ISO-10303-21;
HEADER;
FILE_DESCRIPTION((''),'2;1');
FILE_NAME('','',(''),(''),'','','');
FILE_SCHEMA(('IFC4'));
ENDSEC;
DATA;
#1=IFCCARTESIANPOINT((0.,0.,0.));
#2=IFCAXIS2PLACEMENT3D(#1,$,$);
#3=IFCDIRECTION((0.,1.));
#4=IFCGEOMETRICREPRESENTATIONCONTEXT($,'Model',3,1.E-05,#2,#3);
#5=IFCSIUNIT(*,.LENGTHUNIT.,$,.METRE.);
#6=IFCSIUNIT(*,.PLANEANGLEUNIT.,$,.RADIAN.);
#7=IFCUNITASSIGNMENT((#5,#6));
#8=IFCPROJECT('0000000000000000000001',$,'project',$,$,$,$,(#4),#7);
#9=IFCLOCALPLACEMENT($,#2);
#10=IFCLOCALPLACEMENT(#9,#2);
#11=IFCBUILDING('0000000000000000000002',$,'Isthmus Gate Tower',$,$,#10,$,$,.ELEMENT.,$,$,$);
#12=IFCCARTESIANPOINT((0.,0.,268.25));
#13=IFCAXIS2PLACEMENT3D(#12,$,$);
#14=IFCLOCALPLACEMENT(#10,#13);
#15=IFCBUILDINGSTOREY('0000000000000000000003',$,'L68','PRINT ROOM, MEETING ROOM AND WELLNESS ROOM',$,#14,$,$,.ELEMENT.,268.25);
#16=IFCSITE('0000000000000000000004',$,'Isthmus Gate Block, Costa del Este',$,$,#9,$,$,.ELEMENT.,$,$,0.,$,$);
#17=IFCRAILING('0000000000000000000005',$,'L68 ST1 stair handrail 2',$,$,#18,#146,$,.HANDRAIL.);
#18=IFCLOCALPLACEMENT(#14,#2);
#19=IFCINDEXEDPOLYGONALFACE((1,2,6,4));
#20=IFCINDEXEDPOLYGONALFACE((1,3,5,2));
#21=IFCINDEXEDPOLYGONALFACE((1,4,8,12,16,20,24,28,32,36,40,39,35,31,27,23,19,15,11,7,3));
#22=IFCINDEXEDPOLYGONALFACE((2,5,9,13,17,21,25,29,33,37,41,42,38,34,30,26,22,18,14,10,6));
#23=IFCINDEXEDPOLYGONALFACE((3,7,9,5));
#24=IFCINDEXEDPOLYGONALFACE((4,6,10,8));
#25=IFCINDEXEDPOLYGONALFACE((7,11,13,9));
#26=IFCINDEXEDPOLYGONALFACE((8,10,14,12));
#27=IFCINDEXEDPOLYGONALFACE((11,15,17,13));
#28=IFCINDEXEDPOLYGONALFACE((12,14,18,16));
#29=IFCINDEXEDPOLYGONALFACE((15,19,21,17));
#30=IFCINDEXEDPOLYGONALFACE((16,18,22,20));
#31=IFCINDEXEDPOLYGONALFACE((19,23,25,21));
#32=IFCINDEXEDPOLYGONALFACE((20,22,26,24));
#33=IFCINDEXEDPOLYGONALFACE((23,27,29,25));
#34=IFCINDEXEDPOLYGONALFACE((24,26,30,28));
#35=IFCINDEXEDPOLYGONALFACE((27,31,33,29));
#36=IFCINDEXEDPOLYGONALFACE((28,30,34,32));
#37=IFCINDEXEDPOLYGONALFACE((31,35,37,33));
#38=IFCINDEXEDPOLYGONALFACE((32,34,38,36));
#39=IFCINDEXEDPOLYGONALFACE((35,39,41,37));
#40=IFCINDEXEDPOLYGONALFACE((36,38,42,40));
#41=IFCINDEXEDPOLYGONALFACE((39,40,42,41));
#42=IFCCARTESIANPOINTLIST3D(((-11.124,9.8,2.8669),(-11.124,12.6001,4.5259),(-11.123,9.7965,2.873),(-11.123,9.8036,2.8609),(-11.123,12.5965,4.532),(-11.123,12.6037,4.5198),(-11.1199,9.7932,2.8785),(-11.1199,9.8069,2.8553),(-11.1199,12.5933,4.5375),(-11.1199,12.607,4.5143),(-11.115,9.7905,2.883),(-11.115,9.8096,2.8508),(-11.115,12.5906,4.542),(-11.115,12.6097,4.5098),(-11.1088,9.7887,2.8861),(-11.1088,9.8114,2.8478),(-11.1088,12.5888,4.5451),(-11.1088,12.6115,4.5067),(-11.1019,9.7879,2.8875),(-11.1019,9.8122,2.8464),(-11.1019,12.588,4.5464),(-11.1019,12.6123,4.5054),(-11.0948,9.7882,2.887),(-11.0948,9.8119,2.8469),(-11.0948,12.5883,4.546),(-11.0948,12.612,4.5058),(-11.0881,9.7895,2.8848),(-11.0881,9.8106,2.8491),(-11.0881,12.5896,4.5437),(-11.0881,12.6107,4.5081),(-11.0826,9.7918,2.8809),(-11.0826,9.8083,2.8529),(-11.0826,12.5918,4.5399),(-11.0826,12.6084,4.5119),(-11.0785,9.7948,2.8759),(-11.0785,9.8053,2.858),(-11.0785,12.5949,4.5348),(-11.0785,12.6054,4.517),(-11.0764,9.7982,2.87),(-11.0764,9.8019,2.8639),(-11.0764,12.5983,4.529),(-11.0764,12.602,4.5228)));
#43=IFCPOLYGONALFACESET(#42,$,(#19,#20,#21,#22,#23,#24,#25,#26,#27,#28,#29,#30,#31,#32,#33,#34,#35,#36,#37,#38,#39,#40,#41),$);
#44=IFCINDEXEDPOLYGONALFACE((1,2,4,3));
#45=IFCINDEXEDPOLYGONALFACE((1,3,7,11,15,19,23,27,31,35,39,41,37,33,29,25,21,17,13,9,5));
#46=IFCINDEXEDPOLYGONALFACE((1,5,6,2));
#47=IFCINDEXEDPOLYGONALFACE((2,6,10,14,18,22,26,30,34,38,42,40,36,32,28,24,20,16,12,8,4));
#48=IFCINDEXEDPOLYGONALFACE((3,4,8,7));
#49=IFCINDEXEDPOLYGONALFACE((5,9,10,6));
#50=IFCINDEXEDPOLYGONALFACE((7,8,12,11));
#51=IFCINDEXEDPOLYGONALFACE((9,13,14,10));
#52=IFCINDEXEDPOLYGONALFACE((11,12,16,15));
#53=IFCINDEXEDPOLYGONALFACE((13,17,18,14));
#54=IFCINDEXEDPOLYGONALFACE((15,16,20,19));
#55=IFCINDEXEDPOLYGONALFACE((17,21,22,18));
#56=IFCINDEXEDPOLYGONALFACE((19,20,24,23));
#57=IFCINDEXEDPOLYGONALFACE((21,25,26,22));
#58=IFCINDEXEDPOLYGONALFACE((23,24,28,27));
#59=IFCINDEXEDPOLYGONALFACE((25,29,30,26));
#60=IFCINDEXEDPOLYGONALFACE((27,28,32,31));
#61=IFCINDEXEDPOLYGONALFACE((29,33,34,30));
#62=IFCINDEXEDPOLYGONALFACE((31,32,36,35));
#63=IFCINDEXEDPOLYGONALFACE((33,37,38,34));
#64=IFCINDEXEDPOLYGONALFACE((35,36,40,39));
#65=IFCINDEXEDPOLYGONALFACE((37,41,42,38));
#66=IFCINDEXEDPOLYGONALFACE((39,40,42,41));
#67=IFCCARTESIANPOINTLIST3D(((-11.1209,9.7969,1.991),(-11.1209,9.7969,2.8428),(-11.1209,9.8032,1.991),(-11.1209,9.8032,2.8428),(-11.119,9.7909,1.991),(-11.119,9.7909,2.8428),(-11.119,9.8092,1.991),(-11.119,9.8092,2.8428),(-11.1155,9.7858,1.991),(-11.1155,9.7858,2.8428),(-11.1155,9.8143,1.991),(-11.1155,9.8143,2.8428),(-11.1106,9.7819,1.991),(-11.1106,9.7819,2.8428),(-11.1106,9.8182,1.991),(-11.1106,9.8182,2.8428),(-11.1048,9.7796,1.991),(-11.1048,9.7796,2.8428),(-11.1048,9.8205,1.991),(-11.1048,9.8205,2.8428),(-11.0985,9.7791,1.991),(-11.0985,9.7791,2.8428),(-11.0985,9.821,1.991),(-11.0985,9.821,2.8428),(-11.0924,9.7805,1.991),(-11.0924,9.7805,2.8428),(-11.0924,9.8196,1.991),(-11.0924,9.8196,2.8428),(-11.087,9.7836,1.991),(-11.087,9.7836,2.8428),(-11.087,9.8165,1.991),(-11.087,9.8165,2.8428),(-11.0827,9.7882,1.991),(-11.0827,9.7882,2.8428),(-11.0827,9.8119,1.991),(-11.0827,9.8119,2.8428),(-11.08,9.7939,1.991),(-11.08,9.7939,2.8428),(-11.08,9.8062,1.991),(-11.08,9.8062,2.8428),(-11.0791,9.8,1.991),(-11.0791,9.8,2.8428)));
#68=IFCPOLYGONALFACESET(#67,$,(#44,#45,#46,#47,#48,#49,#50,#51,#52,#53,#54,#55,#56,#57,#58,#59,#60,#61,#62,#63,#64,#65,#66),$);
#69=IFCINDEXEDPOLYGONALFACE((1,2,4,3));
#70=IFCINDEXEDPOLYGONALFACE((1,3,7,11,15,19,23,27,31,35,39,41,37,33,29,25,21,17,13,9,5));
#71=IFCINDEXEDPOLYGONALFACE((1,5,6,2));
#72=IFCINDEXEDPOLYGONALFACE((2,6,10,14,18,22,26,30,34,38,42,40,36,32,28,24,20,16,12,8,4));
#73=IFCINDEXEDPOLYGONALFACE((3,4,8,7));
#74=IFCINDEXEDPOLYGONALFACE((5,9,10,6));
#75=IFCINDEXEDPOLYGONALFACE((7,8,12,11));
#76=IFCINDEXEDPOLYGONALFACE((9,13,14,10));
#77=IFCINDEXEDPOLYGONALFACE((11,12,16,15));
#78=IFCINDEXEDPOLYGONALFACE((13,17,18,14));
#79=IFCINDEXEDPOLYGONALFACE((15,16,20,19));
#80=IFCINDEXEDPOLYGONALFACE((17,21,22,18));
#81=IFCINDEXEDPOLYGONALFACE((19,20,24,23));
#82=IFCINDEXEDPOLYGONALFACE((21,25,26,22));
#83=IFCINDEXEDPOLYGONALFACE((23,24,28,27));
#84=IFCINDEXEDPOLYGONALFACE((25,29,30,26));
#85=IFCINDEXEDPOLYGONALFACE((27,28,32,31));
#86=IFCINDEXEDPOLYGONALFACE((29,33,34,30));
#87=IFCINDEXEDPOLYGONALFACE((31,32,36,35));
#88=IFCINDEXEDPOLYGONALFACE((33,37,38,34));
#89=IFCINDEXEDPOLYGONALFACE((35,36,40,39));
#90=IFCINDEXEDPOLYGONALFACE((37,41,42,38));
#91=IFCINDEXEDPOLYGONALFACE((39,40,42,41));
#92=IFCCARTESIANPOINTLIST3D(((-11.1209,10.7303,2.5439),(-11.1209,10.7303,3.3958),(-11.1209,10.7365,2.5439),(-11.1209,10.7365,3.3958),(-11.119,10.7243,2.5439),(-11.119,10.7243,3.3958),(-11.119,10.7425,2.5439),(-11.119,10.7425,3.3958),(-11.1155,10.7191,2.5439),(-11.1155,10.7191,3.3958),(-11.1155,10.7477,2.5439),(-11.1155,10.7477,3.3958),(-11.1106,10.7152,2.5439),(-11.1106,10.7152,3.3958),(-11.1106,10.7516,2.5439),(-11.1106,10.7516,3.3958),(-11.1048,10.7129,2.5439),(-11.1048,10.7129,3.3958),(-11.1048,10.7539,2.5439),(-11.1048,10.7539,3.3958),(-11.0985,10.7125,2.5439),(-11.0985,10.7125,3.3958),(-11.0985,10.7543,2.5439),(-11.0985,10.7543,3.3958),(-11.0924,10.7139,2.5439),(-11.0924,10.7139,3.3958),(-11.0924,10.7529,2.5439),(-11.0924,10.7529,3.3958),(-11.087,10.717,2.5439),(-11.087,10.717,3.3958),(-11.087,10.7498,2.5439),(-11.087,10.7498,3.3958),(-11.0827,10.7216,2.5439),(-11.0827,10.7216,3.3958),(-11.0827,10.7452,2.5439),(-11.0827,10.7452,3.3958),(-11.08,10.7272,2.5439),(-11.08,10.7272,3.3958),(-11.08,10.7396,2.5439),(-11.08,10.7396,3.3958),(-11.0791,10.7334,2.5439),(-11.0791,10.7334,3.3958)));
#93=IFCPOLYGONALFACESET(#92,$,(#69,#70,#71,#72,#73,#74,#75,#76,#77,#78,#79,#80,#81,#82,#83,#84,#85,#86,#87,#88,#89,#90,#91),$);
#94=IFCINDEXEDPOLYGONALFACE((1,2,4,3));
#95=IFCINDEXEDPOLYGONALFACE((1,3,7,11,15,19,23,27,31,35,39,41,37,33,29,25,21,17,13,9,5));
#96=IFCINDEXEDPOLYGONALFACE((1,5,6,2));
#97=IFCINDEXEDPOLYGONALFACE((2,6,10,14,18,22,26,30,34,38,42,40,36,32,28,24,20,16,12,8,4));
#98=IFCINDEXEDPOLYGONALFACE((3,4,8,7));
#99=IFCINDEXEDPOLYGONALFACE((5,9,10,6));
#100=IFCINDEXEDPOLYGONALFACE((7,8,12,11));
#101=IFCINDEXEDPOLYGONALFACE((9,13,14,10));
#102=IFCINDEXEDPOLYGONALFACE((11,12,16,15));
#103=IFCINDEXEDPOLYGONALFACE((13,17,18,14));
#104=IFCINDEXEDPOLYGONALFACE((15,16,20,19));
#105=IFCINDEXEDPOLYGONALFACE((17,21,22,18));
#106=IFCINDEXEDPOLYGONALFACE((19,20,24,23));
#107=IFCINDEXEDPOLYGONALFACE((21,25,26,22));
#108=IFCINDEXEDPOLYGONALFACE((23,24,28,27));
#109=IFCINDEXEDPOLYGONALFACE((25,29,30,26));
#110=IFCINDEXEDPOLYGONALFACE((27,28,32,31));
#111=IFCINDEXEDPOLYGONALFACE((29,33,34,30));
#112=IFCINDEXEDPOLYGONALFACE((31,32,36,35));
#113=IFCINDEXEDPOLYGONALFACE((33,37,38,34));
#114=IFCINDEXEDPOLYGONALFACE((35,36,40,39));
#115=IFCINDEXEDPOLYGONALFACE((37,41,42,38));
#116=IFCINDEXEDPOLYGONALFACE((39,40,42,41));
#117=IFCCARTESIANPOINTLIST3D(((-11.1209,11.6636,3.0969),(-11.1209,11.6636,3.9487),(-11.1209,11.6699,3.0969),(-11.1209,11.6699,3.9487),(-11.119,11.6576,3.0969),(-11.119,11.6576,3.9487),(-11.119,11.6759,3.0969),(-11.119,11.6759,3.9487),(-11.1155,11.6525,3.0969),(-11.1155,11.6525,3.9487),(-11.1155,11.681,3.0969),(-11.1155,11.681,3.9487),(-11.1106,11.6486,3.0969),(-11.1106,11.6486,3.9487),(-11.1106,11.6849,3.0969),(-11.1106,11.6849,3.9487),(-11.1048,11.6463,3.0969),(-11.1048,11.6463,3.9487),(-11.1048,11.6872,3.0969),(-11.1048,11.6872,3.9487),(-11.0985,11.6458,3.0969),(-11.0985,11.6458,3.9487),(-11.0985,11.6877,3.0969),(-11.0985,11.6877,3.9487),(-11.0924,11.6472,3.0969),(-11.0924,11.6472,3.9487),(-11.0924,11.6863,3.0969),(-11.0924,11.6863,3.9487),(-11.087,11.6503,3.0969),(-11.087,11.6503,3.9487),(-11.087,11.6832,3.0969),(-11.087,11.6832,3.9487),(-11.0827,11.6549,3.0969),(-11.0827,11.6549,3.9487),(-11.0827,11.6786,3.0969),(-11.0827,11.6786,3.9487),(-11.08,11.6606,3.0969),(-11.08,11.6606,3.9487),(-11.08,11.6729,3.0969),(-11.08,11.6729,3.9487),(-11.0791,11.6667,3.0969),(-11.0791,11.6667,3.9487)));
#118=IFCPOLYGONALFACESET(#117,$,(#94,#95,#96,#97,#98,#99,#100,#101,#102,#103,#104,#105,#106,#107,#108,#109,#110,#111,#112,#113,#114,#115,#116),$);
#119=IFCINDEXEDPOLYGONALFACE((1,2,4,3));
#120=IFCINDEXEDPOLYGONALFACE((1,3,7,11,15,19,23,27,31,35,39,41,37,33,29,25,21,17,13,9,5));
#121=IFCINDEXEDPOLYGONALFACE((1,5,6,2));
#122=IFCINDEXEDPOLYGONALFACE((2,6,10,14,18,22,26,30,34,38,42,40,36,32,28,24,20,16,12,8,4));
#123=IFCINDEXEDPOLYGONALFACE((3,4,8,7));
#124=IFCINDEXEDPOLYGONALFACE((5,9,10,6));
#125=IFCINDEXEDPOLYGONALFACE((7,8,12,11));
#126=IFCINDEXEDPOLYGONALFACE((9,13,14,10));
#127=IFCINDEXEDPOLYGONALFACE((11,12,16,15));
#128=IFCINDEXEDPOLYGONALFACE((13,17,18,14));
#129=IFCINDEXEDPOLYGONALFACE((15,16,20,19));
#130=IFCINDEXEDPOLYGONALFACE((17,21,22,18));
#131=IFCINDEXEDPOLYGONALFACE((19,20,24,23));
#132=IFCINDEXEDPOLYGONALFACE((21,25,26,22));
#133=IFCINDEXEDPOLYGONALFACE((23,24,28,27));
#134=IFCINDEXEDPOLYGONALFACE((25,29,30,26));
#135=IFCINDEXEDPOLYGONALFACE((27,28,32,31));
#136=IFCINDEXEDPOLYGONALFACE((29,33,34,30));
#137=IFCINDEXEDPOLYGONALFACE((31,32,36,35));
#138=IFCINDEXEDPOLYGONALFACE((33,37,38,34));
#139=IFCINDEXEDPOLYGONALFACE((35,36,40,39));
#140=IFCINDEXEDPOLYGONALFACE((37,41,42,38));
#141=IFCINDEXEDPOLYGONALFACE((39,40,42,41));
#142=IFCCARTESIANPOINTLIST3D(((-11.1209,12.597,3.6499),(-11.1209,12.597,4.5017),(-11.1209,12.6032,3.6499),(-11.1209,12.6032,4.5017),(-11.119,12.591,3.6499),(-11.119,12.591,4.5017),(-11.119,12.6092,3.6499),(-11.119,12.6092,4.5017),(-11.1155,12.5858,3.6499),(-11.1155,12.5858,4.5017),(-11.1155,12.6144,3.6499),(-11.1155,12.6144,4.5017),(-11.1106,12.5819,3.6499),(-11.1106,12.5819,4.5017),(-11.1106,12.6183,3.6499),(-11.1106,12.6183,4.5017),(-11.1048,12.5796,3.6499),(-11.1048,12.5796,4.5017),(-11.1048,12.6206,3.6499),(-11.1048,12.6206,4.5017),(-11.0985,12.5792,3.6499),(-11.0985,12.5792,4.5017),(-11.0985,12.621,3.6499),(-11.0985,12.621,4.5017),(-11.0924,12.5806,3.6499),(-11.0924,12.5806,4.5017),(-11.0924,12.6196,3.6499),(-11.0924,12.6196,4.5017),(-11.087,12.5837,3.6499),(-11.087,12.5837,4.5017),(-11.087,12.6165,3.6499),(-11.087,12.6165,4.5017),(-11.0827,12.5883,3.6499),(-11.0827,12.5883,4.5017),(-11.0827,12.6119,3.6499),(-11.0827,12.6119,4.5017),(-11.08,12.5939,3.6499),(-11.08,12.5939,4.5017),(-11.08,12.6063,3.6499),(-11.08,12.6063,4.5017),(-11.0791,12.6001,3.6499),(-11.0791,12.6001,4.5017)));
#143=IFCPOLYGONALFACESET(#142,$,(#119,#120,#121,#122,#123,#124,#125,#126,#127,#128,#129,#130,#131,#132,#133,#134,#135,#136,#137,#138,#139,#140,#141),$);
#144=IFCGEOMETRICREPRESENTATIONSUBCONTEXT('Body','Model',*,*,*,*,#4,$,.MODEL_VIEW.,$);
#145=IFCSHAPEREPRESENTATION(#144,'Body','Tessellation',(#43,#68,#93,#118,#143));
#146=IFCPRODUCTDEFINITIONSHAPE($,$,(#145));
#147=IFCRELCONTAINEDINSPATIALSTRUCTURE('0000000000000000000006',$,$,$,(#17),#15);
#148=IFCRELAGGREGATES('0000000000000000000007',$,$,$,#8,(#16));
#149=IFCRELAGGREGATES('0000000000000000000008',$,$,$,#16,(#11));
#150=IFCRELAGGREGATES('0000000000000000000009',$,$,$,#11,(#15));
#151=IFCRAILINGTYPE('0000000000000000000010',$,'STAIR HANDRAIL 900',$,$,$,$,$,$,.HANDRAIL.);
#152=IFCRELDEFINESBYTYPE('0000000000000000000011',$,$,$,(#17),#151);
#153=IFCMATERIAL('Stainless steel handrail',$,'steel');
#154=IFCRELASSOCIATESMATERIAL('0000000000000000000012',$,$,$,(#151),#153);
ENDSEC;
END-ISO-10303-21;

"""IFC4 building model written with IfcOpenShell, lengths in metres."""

from ifc_helpers import new_model, si_unit, direction, frame, origin, origin_2d, place, context, subcontext, project, spatial, circle, extrude, material, type_object, element, save


model = new_model("IFC4")

# Units and contexts
model_context = context("Model", 3, precision=1e-05, world=origin(), true_north=direction((0.0, 1.0)))
body_context = subcontext(model_context, "Body", "Model", "MODEL_VIEW")
ifc_project = project(units=[si_unit("LENGTHUNIT", "METRE"), si_unit("PLANEANGLEUNIT", "RADIAN")], contexts=[model_context])

# Site, building, storey
site_placement = place(None, origin())
site = spatial("IfcSite", under=ifc_project, at=site_placement, Name="Isthmus Gate Block, Costa del Este", CompositionType="ELEMENT", RefElevation=0.0)
building_placement = place(site_placement, origin())
building = spatial("IfcBuilding", under=site, at=building_placement, Name="Isthmus Gate Tower", CompositionType="ELEMENT")
storey_placement = place(building_placement, frame((0.0, 0.0, 268.25)))
storey = spatial("IfcBuildingStorey", under=building, at=storey_placement, Name="L68", Description="PRINT ROOM, MEETING ROOM AND WELLNESS ROOM", CompositionType="ELEMENT", Elevation=268.25)

# Railing
ifc_material_1 = material(Name="Stainless steel handrail", Category="steel")
railing_type_1 = type_object("IfcRailingType", Name="STAIR HANDRAIL 900", PredefinedType="HANDRAIL", material=ifc_material_1)
railing_1_placement = place(storey_placement, frame((-11.1001, 9.8, 1.991)))
element("IfcRailing", 1, at=railing_1_placement, inside=storey, type_object=railing_type_1, Name="L68 ST1 stair handrail 2", PredefinedType="HANDRAIL", context=body_context, shape_type="SweptSolid", body=[
    extrude(circle(Radius=0.0239, at=origin_2d()), frame((0.0, 0.0, 0.876), z_axis=(0.0, 0.860339, 0.509722), x_axis=(-1.0, 0.0, 0.0)), (0.0, 0.0, 1.0), 3.2546),
    extrude(circle(Radius=0.021, at=origin_2d()), origin(), (0.0, 0.0, 1.0), 0.8518),
    extrude(circle(Radius=0.021, at=origin_2d()), frame((0.0, 0.9333, 0.553)), (0.0, 0.0, 1.0), 0.8518),
    extrude(circle(Radius=0.021, at=origin_2d()), frame((0.0, 1.8667, 1.106)), (0.0, 0.0, 1.0), 0.8518),
    extrude(circle(Radius=0.021, at=origin_2d()), frame((0.0, 2.8, 1.6589)), (0.0, 0.0, 1.0), 0.8518),
])

save(model, "model.ifc")
